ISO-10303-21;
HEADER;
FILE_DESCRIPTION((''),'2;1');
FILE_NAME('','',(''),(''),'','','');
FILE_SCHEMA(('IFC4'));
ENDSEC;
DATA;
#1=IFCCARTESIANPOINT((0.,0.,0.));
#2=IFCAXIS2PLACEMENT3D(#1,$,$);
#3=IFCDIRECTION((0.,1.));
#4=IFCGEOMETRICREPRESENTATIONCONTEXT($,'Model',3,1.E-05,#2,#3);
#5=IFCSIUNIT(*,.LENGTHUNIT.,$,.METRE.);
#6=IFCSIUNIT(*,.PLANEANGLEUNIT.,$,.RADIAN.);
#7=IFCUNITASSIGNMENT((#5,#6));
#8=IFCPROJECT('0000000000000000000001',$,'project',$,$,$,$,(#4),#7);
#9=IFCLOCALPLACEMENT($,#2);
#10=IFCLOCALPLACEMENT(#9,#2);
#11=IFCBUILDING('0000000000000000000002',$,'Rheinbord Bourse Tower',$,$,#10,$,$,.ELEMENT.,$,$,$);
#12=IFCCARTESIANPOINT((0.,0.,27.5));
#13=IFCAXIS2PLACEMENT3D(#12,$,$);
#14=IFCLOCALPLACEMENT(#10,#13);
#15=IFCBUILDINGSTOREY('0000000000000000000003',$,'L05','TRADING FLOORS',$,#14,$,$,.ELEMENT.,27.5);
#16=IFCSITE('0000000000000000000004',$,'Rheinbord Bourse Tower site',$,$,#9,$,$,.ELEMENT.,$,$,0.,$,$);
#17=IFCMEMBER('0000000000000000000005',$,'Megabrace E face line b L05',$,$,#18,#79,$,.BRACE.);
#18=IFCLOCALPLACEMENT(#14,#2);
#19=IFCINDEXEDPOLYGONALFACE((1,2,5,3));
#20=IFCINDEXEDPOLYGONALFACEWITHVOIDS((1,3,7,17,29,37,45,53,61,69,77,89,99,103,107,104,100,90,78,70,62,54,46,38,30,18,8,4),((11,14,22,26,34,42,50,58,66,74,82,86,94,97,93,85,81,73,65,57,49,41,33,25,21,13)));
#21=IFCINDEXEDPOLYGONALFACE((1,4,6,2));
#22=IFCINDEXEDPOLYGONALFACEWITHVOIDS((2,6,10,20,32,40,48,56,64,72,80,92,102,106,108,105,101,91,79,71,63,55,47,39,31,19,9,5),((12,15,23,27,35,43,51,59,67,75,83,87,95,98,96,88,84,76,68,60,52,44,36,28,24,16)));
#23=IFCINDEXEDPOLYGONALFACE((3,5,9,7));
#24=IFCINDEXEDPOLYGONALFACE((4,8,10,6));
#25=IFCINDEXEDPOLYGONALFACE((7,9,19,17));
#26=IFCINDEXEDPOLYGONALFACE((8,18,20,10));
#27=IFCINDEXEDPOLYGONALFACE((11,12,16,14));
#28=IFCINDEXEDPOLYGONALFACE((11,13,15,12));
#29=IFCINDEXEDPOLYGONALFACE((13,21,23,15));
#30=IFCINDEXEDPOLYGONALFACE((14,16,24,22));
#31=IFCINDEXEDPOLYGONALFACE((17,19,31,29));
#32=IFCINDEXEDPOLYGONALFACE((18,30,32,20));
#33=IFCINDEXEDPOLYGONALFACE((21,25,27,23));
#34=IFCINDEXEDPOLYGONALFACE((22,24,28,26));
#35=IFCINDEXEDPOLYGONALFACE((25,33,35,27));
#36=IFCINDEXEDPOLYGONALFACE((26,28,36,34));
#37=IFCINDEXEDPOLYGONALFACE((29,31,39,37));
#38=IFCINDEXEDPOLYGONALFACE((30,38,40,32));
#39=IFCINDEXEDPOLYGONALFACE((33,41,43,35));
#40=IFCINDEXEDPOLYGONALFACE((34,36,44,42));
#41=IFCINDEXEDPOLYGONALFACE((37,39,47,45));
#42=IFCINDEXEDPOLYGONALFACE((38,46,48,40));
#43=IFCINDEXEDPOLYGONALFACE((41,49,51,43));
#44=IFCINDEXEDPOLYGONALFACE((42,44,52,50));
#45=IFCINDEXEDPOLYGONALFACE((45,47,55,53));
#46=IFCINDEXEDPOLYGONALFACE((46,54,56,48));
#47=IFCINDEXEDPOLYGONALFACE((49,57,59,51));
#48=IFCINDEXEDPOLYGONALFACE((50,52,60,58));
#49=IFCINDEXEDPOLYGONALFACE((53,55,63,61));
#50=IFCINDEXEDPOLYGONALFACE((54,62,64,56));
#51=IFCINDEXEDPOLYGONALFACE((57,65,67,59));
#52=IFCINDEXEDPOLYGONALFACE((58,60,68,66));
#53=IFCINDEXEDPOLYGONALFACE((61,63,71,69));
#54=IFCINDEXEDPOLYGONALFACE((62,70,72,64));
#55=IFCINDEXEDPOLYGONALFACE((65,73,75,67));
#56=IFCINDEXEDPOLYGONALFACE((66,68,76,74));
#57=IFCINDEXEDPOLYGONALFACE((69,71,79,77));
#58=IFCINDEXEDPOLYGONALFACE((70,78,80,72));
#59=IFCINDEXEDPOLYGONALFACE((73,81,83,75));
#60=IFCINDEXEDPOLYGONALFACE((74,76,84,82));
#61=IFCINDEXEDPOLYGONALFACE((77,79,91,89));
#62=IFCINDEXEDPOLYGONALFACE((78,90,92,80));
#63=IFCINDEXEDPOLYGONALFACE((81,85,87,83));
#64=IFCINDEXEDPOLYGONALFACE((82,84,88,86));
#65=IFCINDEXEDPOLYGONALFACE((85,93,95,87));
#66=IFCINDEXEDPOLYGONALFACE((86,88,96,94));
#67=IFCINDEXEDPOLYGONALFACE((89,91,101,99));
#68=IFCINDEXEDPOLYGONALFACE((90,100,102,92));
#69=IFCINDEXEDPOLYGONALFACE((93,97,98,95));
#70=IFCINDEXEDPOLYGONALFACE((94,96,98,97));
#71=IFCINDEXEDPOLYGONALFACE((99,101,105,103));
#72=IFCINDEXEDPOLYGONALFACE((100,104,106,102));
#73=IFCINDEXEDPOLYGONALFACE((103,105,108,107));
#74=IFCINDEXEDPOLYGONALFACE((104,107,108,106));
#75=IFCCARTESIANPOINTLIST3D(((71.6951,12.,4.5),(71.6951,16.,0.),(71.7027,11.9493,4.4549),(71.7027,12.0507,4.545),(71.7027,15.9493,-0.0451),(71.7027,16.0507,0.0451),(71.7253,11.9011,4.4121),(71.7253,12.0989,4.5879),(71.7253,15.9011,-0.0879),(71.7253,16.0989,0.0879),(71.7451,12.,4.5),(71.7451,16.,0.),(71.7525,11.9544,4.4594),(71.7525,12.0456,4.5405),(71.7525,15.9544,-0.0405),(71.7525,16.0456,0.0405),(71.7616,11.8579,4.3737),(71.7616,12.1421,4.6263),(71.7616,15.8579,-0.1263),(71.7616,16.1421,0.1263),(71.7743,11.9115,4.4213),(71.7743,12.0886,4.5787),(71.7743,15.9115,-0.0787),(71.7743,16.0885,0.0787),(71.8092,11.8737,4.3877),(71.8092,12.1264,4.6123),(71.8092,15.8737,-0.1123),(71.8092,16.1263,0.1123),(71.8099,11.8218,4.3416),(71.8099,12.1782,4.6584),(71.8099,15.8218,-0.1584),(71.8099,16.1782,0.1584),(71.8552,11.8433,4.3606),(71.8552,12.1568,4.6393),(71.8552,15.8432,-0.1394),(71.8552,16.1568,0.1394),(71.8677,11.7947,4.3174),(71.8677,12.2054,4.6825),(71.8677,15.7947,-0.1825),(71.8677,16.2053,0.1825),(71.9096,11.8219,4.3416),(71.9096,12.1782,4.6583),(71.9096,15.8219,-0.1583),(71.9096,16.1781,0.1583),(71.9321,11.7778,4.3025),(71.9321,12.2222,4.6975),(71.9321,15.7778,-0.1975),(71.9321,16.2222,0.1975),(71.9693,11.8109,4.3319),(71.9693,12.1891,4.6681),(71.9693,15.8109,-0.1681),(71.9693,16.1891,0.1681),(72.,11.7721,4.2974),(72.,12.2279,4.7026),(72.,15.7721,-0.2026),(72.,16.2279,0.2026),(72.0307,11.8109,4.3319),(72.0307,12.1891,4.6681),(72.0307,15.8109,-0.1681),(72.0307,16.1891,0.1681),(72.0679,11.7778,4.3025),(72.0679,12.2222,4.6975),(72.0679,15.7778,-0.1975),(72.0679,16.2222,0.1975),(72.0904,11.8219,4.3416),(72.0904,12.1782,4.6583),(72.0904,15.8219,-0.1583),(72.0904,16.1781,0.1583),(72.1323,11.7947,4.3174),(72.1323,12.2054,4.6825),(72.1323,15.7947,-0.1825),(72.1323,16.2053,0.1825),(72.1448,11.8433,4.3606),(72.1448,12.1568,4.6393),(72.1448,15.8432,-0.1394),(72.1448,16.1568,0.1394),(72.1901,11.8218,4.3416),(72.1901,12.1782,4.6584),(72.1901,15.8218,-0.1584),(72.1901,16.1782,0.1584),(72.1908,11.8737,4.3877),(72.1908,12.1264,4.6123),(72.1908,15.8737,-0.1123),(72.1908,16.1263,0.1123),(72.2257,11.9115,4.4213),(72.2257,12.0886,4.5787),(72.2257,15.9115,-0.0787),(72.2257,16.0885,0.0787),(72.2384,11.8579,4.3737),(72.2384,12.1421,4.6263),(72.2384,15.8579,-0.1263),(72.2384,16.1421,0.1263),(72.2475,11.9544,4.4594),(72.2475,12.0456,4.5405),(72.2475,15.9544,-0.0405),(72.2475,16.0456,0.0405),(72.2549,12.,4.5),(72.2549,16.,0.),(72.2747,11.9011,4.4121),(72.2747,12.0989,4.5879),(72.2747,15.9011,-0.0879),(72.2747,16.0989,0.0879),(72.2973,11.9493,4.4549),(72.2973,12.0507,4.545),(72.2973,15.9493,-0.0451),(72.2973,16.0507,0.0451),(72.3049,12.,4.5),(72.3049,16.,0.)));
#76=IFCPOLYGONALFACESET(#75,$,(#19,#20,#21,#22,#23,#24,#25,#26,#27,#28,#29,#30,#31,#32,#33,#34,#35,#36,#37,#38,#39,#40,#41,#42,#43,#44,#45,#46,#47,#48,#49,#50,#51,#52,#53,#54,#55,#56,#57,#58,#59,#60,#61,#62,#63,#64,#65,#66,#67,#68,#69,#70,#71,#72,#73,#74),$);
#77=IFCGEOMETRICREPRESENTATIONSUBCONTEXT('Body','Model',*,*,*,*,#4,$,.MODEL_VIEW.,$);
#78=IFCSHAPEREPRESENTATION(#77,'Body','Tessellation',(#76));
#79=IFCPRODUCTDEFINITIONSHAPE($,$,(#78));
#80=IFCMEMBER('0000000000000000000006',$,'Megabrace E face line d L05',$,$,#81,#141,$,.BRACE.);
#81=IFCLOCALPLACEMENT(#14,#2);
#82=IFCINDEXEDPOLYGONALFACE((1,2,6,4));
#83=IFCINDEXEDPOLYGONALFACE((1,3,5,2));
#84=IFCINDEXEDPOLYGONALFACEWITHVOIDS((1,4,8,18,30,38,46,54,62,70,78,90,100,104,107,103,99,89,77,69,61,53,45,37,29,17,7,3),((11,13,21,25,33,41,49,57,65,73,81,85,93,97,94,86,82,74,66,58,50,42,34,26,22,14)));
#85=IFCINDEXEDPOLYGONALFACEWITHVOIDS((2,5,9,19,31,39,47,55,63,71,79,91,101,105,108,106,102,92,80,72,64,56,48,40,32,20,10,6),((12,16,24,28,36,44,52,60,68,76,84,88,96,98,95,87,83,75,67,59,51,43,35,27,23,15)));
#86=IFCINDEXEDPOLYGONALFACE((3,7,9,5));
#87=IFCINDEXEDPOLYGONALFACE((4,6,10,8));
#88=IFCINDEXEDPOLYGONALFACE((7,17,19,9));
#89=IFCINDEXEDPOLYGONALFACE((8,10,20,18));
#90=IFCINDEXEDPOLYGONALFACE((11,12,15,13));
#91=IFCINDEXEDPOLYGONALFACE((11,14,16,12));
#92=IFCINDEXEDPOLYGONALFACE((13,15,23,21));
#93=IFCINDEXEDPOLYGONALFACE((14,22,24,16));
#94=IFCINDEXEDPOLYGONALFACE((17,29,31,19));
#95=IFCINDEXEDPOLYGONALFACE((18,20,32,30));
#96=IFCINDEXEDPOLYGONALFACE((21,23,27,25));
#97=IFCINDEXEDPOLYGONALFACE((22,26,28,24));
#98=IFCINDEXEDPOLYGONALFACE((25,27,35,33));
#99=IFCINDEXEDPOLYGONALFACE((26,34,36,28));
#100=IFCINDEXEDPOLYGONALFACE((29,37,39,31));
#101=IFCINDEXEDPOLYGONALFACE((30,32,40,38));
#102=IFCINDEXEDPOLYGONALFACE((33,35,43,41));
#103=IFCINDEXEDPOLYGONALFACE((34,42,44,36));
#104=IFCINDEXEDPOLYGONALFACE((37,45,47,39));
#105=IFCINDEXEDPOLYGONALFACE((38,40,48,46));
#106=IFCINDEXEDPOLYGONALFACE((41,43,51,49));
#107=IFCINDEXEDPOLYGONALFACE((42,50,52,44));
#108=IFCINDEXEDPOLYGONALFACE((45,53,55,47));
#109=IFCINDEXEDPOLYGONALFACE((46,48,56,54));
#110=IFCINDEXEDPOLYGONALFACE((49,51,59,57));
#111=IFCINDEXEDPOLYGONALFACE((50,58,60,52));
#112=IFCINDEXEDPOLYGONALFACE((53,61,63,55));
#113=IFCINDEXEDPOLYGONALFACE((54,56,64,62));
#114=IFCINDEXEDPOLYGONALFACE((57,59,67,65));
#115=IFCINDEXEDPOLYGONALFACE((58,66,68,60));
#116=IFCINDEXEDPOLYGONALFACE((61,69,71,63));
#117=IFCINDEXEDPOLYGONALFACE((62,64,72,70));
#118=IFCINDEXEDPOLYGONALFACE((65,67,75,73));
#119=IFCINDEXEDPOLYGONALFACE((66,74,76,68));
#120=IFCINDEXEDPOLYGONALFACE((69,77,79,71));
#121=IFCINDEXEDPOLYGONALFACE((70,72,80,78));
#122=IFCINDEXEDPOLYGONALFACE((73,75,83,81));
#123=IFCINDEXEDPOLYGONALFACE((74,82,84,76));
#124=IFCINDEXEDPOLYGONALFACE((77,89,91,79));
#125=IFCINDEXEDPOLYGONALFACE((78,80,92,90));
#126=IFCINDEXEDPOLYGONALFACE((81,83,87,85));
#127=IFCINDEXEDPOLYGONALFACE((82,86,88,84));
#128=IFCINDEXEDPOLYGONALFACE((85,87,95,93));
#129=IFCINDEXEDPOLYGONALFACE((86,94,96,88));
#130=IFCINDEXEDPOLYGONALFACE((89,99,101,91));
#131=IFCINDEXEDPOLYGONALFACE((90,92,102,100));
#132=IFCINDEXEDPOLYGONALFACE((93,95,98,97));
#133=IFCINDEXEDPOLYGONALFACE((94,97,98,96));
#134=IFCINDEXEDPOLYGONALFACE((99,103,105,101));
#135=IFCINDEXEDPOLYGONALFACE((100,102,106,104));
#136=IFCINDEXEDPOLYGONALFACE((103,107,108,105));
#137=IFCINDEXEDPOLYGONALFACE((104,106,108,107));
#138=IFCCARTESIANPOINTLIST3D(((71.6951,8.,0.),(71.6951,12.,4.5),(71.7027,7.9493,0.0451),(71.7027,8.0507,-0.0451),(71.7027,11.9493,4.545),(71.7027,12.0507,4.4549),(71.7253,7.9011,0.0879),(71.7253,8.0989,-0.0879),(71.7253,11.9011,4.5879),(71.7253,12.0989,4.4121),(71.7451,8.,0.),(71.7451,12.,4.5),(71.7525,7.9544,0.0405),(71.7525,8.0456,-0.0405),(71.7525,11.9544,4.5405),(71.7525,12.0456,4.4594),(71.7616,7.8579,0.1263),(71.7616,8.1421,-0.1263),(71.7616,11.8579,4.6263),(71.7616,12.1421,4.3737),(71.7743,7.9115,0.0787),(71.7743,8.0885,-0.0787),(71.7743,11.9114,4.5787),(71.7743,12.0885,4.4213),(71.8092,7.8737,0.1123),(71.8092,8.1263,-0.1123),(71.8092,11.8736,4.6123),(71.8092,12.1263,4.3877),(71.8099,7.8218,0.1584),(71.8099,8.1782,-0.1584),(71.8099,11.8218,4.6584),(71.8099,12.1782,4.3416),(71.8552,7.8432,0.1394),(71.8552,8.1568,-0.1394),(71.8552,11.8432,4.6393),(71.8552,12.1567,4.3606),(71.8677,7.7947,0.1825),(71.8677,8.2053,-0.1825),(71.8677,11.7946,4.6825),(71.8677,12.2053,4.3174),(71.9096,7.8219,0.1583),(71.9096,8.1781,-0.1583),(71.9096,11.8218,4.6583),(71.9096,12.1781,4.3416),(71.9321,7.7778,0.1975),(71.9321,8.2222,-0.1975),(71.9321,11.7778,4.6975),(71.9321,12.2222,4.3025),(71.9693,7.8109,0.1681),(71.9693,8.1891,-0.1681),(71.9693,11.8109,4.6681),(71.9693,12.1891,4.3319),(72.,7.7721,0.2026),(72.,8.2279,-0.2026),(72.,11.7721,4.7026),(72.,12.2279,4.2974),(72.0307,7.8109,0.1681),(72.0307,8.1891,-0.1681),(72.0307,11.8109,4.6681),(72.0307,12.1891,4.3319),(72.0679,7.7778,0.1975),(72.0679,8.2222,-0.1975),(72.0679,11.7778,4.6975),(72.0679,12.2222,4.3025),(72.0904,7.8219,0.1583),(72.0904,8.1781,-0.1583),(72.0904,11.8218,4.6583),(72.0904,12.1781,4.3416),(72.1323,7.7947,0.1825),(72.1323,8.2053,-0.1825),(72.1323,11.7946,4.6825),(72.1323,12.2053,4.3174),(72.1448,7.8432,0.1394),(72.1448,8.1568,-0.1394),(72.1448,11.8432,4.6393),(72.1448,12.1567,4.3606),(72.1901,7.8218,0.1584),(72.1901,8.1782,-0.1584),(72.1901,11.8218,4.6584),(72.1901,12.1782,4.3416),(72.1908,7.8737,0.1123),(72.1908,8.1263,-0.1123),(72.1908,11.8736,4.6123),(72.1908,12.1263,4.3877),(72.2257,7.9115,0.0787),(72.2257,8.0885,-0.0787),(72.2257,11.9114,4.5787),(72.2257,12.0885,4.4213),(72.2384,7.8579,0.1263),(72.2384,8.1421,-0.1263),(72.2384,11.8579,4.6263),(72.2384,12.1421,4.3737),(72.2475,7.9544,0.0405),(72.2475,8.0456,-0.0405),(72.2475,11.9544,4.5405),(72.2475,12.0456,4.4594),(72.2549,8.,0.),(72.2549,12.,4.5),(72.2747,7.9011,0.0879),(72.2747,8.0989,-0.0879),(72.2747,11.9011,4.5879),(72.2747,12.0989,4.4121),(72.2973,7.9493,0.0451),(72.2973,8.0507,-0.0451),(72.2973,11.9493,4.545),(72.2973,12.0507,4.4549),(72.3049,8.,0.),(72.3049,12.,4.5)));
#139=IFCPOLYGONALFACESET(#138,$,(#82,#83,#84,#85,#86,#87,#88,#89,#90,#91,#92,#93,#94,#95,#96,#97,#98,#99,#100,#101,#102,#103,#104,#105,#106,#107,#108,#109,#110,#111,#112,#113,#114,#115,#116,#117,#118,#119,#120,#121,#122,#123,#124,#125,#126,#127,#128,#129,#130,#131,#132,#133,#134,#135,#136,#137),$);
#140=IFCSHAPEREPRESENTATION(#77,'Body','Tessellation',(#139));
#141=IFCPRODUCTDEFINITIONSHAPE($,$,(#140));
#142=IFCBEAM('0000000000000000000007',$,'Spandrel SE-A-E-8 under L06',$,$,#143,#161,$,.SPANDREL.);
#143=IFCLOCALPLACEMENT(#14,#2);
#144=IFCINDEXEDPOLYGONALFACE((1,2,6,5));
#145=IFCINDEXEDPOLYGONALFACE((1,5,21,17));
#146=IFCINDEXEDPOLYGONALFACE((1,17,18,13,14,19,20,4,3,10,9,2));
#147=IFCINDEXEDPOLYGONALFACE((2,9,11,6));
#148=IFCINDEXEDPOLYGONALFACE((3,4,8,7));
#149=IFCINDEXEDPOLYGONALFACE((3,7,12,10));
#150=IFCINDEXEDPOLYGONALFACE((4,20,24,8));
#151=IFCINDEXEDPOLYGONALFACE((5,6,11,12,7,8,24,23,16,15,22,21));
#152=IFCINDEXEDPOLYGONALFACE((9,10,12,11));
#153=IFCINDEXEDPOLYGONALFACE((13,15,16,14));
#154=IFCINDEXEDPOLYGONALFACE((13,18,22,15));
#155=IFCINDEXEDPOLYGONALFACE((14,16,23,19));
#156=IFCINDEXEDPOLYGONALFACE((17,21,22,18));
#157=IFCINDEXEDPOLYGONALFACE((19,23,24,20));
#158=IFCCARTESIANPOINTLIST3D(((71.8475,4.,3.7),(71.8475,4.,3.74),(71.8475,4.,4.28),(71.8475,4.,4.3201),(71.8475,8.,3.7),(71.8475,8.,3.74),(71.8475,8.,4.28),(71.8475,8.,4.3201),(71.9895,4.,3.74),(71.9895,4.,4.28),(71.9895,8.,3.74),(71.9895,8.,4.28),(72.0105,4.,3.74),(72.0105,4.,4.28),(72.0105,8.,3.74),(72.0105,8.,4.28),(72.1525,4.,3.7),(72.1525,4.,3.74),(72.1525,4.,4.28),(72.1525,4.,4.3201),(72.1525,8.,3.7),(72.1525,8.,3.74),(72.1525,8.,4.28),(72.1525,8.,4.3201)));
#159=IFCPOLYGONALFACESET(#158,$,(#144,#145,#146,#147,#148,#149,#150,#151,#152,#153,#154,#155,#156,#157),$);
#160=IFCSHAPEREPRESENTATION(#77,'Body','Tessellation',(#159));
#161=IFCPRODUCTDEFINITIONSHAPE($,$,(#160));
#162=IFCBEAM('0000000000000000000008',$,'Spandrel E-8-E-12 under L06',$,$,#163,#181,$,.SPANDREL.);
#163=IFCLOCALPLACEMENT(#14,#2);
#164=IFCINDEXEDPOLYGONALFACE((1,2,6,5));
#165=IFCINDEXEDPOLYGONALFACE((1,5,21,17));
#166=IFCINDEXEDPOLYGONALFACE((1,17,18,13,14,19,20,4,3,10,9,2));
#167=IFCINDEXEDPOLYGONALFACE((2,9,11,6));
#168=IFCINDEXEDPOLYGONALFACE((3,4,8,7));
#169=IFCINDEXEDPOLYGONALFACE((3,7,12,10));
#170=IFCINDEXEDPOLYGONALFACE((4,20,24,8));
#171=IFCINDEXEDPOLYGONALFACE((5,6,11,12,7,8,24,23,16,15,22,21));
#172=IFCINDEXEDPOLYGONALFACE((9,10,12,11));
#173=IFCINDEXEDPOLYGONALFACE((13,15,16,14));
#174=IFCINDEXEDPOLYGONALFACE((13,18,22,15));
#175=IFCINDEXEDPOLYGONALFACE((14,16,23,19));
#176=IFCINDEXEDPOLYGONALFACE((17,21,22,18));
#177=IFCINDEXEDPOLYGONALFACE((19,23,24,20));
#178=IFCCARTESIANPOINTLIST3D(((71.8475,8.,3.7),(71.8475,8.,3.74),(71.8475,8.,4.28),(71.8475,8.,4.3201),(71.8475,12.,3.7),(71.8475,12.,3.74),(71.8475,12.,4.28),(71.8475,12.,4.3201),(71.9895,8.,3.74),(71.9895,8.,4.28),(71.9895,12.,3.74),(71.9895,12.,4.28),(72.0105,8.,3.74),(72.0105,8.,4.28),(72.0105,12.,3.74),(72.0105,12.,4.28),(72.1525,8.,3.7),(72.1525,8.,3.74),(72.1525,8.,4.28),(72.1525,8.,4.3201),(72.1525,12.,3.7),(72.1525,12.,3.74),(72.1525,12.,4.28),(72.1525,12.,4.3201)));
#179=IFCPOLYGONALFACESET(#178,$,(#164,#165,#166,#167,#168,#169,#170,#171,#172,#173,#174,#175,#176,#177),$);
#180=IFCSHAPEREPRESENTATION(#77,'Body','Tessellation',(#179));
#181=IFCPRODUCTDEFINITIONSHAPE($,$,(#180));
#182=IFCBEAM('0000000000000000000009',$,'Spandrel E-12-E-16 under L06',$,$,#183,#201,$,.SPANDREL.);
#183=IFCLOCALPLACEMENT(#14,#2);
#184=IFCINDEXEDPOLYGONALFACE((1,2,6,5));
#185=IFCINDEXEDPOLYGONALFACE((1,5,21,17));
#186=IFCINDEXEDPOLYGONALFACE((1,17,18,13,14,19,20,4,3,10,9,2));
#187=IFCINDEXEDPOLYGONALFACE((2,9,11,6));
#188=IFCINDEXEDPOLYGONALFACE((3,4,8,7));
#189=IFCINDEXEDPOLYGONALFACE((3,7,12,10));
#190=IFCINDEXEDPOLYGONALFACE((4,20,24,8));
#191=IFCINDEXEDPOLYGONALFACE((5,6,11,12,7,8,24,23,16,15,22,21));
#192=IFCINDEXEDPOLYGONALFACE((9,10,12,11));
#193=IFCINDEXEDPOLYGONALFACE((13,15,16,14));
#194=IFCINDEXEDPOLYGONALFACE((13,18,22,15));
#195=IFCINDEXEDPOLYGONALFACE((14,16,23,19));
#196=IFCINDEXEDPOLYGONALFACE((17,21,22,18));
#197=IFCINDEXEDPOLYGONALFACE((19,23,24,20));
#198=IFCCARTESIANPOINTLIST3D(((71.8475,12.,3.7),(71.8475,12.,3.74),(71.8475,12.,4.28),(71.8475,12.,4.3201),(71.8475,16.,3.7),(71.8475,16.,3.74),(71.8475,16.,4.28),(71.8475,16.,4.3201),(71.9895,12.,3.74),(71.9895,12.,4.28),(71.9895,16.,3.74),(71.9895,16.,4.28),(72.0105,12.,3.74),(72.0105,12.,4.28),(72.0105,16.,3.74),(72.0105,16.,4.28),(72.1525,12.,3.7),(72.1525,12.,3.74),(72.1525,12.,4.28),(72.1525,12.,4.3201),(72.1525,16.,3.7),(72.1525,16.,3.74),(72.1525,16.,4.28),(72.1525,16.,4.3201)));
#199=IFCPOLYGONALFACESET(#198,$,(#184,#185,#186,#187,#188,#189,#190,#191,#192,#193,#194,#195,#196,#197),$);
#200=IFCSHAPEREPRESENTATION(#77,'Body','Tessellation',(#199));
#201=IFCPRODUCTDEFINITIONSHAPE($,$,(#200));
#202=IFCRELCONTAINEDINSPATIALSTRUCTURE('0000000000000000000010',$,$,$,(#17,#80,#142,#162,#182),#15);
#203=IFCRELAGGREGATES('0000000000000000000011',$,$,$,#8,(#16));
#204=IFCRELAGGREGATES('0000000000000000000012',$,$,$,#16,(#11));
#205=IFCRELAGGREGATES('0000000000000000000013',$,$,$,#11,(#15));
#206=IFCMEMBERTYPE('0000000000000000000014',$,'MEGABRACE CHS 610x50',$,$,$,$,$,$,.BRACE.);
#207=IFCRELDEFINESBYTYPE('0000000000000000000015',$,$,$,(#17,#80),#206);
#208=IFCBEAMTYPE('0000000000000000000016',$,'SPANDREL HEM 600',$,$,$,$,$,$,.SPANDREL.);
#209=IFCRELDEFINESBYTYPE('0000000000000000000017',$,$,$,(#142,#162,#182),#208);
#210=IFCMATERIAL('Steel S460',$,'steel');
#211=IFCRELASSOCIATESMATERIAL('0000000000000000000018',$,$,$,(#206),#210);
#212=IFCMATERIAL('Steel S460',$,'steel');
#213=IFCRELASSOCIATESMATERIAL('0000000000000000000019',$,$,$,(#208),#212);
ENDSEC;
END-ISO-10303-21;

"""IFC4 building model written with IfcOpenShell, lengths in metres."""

from ifc_helpers import new_model, si_unit, direction, frame, origin, origin_2d, place, context, subcontext, project, spatial, hollow_circle, i_section, extrude, material, material_profile, profile_set, type_object, element, save


model = new_model("IFC4")

# Units and contexts
model_context = context("Model", 3, precision=1e-05, world=origin(), true_north=direction((0.0, 1.0)))
body_context = subcontext(model_context, "Body", "Model", "MODEL_VIEW")
ifc_project = project(units=[si_unit("LENGTHUNIT", "METRE"), si_unit("PLANEANGLEUNIT", "RADIAN")], contexts=[model_context])

# Site, building, storey
site_placement = place(None, origin())
site = spatial("IfcSite", under=ifc_project, at=site_placement, Name="Rheinbord Bourse Tower site", CompositionType="ELEMENT", RefElevation=0.0)
building_placement = place(site_placement, origin())
building = spatial("IfcBuilding", under=site, at=building_placement, Name="Rheinbord Bourse Tower", CompositionType="ELEMENT")
storey_placement = place(building_placement, frame((0.0, 0.0, 27.5)))
storey = spatial("IfcBuildingStorey", under=building, at=storey_placement, Name="L05", Description="TRADING FLOORS", CompositionType="ELEMENT", Elevation=27.5)

# Members
ifc_material_1 = material(Name="Steel S460", Category="steel")
ifc_material_profile_1 = material_profile(ifc_material_1, hollow_circle(Radius=0.3049, WallThickness=0.05, at=origin_2d()), Name="CHS 610x50")
ifc_profile_set_1 = profile_set([ifc_material_profile_1], Name="Steel S460")
member_type_1 = type_object("IfcMemberType", Name="MEGABRACE CHS 610x50", PredefinedType="BRACE", material=ifc_profile_set_1)
for number, where, z_axis, x_axis, name in (
    (1, (72.0, 16.0, 0.0), (0.0, -0.664364, 0.747409), (1.0, 0.0, 0.0), "Megabrace E face line b L05"),
    (2, (72.0, 8.0, 0.0), (0.0, 0.664364, 0.747409), (-1.0, 0.0, 0.0), "Megabrace E face line d L05"),
):
    element("IfcMember", number, at=place(storey_placement, frame(where, z_axis=z_axis, x_axis=x_axis)), inside=storey, type_object=member_type_1, Name=name, PredefinedType="BRACE", context=body_context, shape_type="SweptSolid", body=[
        extrude(hollow_circle(Radius=0.3049, WallThickness=0.05, at=origin_2d()), origin(), (0.0, 0.0, 1.0), 6.0208),
    ])

# Beams
ifc_material_2 = material(Name="Steel S460", Category="steel")
ifc_material_profile_2 = material_profile(ifc_material_2, i_section(OverallWidth=0.3049, OverallDepth=0.6201, WebThickness=0.021, FlangeThickness=0.04, at=origin_2d()), Name="HEM 600")
ifc_profile_set_2 = profile_set([ifc_material_profile_2], Name="Steel S460")
beam_type_1 = type_object("IfcBeamType", Name="SPANDREL HEM 600", PredefinedType="SPANDREL", material=ifc_profile_set_2)
for number, where, z_axis, x_axis, name in (
    (3, (72.0, 4.0, 4.01), (0.0, 1.0, 0.0), (-1.0, 0.0, 0.0), "Spandrel SE-A-E-8 under L06"),
    (4, (72.0, 8.0, 4.01), (0.0, 1.0, 0.0), (-1.0, 0.0, 0.0), "Spandrel E-8-E-12 under L06"),
    (5, (72.0, 12.0, 4.01), (0.0, 1.0, 0.0), (-1.0, 0.0, 0.0), "Spandrel E-12-E-16 under L06"),
):
    element("IfcBeam", number, at=place(storey_placement, frame(where, z_axis=z_axis, x_axis=x_axis)), inside=storey, type_object=beam_type_1, Name=name, PredefinedType="SPANDREL", context=body_context, shape_type="SweptSolid", body=[
        extrude(i_section(OverallWidth=0.3049, OverallDepth=0.6201, WebThickness=0.021, FlangeThickness=0.04, at=origin_2d()), origin(), (0.0, 0.0, 1.0), 4.0),
    ])

save(model, "model.ifc")
